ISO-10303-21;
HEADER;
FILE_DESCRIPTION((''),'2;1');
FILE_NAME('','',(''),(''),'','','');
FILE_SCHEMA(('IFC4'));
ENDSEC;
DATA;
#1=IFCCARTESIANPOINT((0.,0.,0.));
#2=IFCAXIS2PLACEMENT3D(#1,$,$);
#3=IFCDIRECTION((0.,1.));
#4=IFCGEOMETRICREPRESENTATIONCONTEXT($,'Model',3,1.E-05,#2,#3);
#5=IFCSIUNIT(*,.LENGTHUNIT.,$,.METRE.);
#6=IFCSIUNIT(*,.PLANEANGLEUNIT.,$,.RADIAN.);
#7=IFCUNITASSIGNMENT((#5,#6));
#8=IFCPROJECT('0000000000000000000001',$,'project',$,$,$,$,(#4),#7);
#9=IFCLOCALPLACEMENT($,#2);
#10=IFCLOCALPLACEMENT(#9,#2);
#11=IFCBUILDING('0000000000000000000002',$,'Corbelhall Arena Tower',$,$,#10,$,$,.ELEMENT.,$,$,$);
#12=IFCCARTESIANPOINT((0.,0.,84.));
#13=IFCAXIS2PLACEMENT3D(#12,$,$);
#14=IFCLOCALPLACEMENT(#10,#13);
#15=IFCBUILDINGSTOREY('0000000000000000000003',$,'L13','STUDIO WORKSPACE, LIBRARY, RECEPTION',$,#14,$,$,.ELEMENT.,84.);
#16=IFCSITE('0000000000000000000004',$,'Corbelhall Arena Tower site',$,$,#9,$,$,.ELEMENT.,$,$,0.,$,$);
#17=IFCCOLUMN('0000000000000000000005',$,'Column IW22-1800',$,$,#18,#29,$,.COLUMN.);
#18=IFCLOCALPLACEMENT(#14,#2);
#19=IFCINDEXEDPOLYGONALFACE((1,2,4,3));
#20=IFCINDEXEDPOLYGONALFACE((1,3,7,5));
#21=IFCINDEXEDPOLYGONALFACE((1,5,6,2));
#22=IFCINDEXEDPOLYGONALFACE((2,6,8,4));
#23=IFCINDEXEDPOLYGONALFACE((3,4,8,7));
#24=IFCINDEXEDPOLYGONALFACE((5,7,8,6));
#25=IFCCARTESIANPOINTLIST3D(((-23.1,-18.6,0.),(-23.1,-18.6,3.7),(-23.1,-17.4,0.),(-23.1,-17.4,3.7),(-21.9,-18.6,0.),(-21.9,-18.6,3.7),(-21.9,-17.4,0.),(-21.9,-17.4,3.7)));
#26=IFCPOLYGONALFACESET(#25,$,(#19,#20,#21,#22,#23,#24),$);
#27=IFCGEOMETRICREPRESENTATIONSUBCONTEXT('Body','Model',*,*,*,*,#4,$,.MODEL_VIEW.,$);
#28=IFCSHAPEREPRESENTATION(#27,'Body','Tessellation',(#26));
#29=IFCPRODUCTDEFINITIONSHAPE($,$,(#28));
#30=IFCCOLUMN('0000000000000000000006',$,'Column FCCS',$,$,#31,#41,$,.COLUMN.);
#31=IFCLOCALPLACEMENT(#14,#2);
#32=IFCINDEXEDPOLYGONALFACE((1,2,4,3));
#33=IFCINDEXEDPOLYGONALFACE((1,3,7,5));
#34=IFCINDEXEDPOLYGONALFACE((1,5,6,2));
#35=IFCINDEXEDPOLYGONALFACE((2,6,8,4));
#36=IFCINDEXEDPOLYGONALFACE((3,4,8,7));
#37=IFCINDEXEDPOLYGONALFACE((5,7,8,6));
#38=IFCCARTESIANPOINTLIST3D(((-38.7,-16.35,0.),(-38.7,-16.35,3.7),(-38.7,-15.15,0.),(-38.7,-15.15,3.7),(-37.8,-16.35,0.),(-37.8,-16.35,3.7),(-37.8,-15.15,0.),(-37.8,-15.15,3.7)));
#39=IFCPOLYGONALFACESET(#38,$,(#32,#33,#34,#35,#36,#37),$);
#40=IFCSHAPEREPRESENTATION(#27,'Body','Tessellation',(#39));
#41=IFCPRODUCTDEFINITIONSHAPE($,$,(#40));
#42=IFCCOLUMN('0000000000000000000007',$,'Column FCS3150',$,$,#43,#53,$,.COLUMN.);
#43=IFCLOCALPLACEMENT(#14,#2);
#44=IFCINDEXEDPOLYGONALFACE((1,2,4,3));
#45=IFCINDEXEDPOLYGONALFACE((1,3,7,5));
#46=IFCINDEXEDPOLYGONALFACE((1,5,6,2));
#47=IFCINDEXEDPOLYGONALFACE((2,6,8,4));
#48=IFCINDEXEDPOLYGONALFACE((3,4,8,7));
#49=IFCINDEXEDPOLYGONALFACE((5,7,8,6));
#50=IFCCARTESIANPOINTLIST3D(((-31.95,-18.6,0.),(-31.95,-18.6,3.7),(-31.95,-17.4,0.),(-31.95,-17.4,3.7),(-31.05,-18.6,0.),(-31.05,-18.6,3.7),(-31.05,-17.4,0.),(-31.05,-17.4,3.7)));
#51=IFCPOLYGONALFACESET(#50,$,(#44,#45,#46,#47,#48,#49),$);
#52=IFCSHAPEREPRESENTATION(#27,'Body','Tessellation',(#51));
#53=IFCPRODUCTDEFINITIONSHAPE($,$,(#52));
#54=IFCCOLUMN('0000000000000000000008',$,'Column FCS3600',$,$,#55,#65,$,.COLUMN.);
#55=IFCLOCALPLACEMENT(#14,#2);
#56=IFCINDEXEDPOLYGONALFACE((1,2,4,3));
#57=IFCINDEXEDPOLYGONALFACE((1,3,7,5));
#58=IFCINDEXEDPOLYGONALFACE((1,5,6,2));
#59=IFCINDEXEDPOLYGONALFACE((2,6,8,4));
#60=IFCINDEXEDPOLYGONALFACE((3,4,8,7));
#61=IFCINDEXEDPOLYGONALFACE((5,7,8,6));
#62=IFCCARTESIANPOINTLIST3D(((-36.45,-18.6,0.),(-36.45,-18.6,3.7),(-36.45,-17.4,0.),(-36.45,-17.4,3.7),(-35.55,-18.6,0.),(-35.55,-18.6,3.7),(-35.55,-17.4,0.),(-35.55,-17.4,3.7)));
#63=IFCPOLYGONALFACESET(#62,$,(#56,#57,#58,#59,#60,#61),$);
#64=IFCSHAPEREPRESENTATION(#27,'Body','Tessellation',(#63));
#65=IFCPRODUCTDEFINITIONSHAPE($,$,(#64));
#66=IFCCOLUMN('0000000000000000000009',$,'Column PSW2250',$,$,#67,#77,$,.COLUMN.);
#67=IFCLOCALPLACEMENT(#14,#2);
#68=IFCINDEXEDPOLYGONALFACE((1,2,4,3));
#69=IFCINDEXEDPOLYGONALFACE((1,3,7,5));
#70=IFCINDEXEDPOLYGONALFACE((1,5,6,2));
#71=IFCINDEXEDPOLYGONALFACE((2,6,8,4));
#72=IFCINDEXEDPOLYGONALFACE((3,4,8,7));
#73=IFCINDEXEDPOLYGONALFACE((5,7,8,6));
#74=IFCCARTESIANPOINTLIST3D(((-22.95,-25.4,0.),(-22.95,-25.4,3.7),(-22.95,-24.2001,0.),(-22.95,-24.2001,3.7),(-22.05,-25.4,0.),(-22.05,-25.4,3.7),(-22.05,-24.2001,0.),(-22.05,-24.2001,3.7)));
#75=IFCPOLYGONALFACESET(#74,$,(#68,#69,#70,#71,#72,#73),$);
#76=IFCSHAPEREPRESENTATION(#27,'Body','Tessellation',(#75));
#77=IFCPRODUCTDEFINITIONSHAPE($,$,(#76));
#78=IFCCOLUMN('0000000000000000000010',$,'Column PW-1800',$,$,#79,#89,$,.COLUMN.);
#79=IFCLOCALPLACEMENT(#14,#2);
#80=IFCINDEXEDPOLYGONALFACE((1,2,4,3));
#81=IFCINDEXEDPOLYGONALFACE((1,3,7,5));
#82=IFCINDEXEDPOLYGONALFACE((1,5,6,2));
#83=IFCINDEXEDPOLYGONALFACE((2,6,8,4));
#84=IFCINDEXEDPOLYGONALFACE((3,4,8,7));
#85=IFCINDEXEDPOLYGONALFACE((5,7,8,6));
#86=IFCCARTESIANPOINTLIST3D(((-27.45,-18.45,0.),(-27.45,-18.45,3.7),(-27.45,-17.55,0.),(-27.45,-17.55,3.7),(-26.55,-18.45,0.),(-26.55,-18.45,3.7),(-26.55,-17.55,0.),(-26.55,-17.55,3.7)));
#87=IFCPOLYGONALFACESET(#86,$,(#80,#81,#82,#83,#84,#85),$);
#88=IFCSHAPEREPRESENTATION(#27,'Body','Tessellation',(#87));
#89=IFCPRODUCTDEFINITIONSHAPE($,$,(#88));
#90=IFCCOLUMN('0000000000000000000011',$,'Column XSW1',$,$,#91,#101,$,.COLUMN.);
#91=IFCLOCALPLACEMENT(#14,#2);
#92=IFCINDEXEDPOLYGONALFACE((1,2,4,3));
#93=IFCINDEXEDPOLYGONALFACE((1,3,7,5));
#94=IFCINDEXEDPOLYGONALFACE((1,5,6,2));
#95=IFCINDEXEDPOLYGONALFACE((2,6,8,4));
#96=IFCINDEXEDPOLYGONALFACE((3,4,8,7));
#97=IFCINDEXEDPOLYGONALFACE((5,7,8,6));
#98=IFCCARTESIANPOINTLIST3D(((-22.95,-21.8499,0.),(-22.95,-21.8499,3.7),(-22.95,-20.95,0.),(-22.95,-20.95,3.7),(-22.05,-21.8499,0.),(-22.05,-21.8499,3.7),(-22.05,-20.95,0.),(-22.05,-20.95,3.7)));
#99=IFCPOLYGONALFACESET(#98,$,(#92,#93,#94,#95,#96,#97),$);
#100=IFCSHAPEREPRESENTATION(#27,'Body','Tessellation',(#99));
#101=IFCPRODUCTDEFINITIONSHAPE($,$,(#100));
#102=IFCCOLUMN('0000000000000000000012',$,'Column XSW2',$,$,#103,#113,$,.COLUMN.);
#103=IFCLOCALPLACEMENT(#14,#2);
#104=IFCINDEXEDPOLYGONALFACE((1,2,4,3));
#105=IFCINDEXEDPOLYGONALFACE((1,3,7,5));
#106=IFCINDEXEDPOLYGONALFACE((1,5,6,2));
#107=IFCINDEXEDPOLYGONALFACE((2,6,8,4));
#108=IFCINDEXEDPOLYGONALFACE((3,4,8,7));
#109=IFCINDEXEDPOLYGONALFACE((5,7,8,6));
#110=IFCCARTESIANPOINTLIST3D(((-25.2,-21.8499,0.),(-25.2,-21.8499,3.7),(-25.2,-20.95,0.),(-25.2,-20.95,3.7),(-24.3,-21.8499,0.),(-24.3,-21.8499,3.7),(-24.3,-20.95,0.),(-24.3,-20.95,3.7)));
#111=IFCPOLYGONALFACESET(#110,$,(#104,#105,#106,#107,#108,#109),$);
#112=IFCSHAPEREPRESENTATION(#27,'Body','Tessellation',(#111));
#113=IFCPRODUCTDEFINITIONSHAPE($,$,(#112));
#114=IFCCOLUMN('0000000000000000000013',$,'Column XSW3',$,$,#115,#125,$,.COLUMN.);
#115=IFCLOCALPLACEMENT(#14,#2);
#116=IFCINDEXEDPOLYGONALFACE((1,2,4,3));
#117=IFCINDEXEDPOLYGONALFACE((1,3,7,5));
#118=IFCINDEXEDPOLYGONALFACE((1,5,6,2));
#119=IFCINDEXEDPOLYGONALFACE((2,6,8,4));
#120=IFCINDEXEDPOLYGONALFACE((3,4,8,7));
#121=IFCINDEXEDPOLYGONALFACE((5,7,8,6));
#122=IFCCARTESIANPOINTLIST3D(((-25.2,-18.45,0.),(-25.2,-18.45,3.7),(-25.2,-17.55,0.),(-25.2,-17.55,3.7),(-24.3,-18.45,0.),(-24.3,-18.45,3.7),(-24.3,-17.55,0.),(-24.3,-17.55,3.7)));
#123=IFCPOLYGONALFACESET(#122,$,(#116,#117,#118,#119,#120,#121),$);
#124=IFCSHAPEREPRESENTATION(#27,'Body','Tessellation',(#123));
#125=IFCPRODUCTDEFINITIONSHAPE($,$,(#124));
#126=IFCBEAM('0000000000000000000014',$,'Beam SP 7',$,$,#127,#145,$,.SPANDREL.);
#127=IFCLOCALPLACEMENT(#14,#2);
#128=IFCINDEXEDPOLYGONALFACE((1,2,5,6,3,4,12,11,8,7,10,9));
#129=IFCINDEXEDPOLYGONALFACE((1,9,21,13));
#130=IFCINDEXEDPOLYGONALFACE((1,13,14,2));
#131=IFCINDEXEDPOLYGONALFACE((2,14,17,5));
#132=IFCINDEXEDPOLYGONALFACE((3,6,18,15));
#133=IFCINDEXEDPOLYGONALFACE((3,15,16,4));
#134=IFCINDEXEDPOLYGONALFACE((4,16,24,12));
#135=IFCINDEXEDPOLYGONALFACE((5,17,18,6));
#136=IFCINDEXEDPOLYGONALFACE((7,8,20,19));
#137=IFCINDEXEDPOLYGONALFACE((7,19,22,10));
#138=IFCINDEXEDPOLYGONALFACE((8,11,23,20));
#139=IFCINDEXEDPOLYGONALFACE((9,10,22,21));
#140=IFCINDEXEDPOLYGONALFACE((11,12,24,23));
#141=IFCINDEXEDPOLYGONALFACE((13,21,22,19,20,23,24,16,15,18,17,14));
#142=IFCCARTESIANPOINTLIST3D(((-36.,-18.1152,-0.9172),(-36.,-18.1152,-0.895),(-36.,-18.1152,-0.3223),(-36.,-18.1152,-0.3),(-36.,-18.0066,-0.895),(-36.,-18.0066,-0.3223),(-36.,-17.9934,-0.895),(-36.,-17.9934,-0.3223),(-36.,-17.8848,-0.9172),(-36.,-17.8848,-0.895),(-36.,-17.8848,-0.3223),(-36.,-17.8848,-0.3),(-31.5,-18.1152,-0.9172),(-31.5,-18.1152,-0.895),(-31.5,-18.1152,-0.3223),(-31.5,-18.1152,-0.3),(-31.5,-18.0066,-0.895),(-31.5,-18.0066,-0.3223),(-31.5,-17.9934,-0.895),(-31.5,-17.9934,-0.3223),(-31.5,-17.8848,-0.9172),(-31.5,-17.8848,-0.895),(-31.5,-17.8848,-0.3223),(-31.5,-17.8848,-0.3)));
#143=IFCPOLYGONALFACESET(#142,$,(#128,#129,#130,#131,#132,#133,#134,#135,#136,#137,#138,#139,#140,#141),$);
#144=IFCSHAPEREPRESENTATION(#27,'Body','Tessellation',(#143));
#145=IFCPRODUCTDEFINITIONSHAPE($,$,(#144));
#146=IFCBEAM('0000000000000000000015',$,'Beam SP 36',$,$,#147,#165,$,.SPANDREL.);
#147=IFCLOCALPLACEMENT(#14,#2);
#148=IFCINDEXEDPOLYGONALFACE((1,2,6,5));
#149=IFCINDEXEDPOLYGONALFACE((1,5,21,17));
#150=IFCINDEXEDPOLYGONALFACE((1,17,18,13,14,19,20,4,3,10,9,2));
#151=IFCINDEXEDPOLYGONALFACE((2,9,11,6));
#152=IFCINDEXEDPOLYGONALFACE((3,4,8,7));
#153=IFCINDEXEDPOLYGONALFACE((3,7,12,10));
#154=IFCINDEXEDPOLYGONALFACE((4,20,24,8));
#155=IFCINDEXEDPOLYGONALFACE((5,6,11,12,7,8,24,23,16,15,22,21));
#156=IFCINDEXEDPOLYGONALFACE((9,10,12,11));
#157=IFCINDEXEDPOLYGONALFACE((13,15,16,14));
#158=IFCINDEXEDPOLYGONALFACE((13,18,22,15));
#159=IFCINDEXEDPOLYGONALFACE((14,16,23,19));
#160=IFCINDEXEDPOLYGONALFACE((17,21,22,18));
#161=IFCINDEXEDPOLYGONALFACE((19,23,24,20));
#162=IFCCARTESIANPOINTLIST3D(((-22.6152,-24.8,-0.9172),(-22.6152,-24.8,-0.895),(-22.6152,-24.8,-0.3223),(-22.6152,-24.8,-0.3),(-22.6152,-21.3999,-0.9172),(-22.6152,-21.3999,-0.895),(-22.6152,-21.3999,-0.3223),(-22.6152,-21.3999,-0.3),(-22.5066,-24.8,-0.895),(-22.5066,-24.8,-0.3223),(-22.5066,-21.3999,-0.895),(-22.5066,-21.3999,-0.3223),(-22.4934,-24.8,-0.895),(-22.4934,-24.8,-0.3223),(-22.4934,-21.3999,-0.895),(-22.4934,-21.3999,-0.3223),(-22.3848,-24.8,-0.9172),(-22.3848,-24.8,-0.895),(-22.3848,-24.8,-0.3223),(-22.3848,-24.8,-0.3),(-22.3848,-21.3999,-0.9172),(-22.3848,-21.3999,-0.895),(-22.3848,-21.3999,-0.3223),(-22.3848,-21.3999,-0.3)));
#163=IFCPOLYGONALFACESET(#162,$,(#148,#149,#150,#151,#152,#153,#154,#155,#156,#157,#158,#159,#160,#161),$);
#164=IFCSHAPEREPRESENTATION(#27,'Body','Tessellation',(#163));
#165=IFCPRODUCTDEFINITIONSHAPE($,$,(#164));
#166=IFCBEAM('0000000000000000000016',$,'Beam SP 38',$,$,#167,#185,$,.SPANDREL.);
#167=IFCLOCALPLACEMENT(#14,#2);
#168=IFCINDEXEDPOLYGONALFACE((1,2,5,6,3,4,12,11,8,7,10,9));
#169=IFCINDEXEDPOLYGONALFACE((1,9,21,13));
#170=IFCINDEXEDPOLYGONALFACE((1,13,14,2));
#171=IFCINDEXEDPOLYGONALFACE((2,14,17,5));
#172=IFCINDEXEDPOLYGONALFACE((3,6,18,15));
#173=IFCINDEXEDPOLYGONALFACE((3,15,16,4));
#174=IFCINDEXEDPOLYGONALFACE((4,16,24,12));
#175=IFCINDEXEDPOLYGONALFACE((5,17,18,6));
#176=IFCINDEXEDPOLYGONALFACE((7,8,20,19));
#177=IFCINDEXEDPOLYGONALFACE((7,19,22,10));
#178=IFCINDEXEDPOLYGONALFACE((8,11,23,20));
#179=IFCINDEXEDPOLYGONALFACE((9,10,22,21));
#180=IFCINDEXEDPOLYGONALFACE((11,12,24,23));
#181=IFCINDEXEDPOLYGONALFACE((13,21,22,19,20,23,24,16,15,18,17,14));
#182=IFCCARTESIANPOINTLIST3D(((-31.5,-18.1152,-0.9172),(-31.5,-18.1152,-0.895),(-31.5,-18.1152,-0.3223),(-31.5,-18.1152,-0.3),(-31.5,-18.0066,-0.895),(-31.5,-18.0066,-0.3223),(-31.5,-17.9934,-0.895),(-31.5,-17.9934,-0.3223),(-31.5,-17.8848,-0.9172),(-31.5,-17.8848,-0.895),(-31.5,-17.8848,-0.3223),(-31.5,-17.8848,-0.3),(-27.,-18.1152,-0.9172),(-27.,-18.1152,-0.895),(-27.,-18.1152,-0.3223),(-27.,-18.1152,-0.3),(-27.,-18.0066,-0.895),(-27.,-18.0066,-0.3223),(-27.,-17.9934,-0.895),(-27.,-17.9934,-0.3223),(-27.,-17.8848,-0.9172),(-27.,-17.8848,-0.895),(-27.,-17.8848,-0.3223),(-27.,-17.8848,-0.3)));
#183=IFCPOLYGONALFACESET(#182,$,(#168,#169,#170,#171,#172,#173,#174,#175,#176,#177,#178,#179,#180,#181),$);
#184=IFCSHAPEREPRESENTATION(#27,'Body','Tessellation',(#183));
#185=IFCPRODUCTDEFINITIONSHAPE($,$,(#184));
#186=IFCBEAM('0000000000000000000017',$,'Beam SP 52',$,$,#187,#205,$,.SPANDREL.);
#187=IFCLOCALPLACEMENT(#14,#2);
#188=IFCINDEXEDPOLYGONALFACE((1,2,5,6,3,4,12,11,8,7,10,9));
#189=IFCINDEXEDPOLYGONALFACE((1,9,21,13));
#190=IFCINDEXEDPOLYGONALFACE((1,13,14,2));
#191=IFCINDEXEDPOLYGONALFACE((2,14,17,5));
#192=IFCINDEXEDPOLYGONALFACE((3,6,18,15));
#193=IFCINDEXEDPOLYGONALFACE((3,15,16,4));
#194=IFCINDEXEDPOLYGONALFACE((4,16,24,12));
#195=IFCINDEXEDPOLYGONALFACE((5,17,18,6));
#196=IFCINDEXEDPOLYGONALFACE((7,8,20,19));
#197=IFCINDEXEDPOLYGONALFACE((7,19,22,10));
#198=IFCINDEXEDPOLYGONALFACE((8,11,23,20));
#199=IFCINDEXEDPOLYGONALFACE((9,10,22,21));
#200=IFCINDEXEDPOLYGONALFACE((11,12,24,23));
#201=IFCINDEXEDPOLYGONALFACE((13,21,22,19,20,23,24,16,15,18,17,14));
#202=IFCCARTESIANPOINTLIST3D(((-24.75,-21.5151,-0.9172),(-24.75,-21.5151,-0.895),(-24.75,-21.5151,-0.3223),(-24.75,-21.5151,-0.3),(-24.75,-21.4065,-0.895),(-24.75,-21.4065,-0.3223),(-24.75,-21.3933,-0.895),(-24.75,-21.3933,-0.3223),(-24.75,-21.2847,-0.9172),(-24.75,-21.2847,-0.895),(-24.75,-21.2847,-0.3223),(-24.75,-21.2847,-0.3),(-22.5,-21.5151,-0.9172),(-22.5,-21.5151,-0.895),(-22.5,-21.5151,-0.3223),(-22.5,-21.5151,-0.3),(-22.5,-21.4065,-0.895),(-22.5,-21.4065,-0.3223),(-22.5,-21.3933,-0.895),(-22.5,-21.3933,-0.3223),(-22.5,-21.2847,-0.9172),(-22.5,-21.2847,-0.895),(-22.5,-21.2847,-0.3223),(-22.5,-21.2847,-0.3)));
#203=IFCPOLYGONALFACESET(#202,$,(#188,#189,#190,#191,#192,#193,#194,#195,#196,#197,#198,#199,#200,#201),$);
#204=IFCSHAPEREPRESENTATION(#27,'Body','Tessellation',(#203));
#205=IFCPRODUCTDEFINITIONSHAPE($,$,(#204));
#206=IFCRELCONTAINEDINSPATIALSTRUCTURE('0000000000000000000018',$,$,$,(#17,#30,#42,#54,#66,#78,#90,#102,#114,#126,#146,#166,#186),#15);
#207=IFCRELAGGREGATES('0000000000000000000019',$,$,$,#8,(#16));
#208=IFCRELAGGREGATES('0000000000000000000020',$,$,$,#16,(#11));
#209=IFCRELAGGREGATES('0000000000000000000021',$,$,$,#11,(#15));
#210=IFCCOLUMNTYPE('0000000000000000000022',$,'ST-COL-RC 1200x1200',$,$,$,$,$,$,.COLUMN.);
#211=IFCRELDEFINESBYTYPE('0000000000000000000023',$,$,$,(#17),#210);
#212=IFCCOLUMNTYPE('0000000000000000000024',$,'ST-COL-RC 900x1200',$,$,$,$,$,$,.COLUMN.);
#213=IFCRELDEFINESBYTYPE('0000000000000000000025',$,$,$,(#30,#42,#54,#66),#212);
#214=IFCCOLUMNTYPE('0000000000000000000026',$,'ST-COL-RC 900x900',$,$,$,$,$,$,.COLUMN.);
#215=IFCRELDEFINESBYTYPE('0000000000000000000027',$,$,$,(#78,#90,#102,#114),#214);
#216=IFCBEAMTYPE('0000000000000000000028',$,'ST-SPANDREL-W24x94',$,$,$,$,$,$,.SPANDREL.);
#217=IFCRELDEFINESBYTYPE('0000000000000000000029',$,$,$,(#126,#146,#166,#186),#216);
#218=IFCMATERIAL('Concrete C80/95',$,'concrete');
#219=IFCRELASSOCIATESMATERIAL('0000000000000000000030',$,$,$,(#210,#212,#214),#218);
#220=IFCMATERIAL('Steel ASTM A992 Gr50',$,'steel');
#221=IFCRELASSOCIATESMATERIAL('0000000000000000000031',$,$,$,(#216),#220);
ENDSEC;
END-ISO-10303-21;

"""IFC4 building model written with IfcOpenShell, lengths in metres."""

from ifc_helpers import new_model, si_unit, direction, frame, origin, origin_2d, place, context, subcontext, project, spatial, rectangle, i_section, extrude, material, material_profile, profile_set, type_object, element, save


model = new_model("IFC4")

# Units and contexts
model_context = context("Model", 3, precision=1e-05, world=origin(), true_north=direction((0.0, 1.0)))
body_context = subcontext(model_context, "Body", "Model", "MODEL_VIEW")
ifc_project = project(units=[si_unit("LENGTHUNIT", "METRE"), si_unit("PLANEANGLEUNIT", "RADIAN")], contexts=[model_context])

# Site, building, storey
site_placement = place(None, origin())
site = spatial("IfcSite", under=ifc_project, at=site_placement, Name="Corbelhall Arena Tower site", CompositionType="ELEMENT", RefElevation=0.0)
building_placement = place(site_placement, origin())
building = spatial("IfcBuilding", under=site, at=building_placement, Name="Corbelhall Arena Tower", CompositionType="ELEMENT")
storey_placement = place(building_placement, frame((0.0, 0.0, 84.0)))
storey = spatial("IfcBuildingStorey", under=building, at=storey_placement, Name="L13", Description="STUDIO WORKSPACE, LIBRARY, RECEPTION", CompositionType="ELEMENT", Elevation=84.0)

# Columns
ifc_material_1 = material(Name="Concrete C80/95", Category="concrete")
ifc_material_profile_1 = material_profile(ifc_material_1, rectangle(XDim=1.2, YDim=1.2, at=origin_2d()))
ifc_profile_set_1 = profile_set([ifc_material_profile_1], Name="Concrete C80/95")
column_type_1 = type_object("IfcColumnType", Name="ST-COL-RC 1200x1200", PredefinedType="COLUMN", material=ifc_profile_set_1)
column_placement = place(storey_placement, frame((-22.5, -18.0, 0.0), z_axis=(0.0, 0.0, 1.0), x_axis=(1.0, 0.0, 0.0)))
element("IfcColumn", 1, at=column_placement, inside=storey, type_object=column_type_1, Name="Column IW22-1800", PredefinedType="COLUMN", context=body_context, shape_type="SweptSolid", body=[
    extrude(rectangle(XDim=1.2, YDim=1.2, at=origin_2d()), origin(), (0.0, 0.0, 1.0), 3.7),
])
ifc_material_profile_2 = material_profile(ifc_material_1, rectangle(XDim=0.8999, YDim=1.2, at=origin_2d()))
ifc_profile_set_2 = profile_set([ifc_material_profile_2], Name="Concrete C80/95")
column_type_2 = type_object("IfcColumnType", Name="ST-COL-RC 900x1200", PredefinedType="COLUMN", material=ifc_profile_set_2)
for number, where, z_axis, x_axis, name in (
    (2, (-38.25, -15.75, 0.0), (0.0, 0.0, 1.0), (1.0, 0.0, 0.0), "Column FCCS"),
    (3, (-31.5, -18.0, 0.0), (0.0, 0.0, 1.0), (1.0, 0.0, 0.0), "Column FCS3150"),
    (4, (-36.0, -18.0, 0.0), (0.0, 0.0, 1.0), (1.0, 0.0, 0.0), "Column FCS3600"),
    (5, (-22.5, -24.8, 0.0), (0.0, 0.0, 1.0), (1.0, 0.0, 0.0), "Column PSW2250"),
):
    element("IfcColumn", number, at=place(storey_placement, frame(where, z_axis=z_axis, x_axis=x_axis)), inside=storey, type_object=column_type_2, Name=name, PredefinedType="COLUMN", context=body_context, shape_type="SweptSolid", body=[
        extrude(rectangle(XDim=0.8999, YDim=1.2, at=origin_2d()), origin(), (0.0, 0.0, 1.0), 3.7),
    ])
ifc_material_profile_3 = material_profile(ifc_material_1, rectangle(XDim=0.8999, YDim=0.8999, at=origin_2d()))
ifc_profile_set_3 = profile_set([ifc_material_profile_3], Name="Concrete C80/95")
column_type_3 = type_object("IfcColumnType", Name="ST-COL-RC 900x900", PredefinedType="COLUMN", material=ifc_profile_set_3)
for number, where, z_axis, x_axis, name in (
    (6, (-27.0, -18.0, 0.0), (0.0, 0.0, 1.0), (1.0, 0.0, 0.0), "Column PW-1800"),
    (7, (-22.5, -21.3999, 0.0), (0.0, 0.0, 1.0), (1.0, 0.0, 0.0), "Column XSW1"),
    (8, (-24.75, -21.3999, 0.0), (0.0, 0.0, 1.0), (1.0, 0.0, 0.0), "Column XSW2"),
    (9, (-24.75, -18.0, 0.0), (0.0, 0.0, 1.0), (1.0, 0.0, 0.0), "Column XSW3"),
):
    element("IfcColumn", number, at=place(storey_placement, frame(where, z_axis=z_axis, x_axis=x_axis)), inside=storey, type_object=column_type_3, Name=name, PredefinedType="COLUMN", context=body_context, shape_type="SweptSolid", body=[
        extrude(rectangle(XDim=0.8999, YDim=0.8999, at=origin_2d()), origin(), (0.0, 0.0, 1.0), 3.7),
    ])

# Beams
ifc_material_2 = material(Name="Steel ASTM A992 Gr50", Category="steel")
ifc_material_profile_4 = material_profile(ifc_material_2, i_section(OverallWidth=0.2305, OverallDepth=0.6172, WebThickness=0.0132, FlangeThickness=0.0222, at=origin_2d()))
ifc_profile_set_4 = profile_set([ifc_material_profile_4], Name="Steel ASTM A992 Gr50")
beam_type = type_object("IfcBeamType", Name="ST-SPANDREL-W24x94", PredefinedType="SPANDREL", material=ifc_profile_set_4)
beam_1_placement = place(storey_placement, frame((-31.5, -18.0, -0.6086), z_axis=(-1.0, 0.0, 0.0), x_axis=(0.0, -1.0, 0.0)))
element("IfcBeam", 10, at=beam_1_placement, inside=storey, type_object=beam_type, Name="Beam SP 7", PredefinedType="SPANDREL", context=body_context, shape_type="SweptSolid", body=[
    extrude(i_section(OverallWidth=0.2305, OverallDepth=0.6172, WebThickness=0.0132, FlangeThickness=0.0222, at=origin_2d()), origin(), (0.0, 0.0, 1.0), 4.5),
])
beam_2_placement = place(storey_placement, frame((-22.5, -24.8, -0.6086), z_axis=(0.0, 1.0, 0.0), x_axis=(-1.0, 0.0, 0.0)))
element("IfcBeam", 11, at=beam_2_placement, inside=storey, type_object=beam_type, Name="Beam SP 36", PredefinedType="SPANDREL", context=body_context, shape_type="SweptSolid", body=[
    extrude(i_section(OverallWidth=0.2305, OverallDepth=0.6172, WebThickness=0.0132, FlangeThickness=0.0222, at=origin_2d()), origin(), (0.0, 0.0, 1.0), 3.4001),
])
beam_3_placement = place(storey_placement, frame((-27.0, -18.0, -0.6086), z_axis=(-1.0, 0.0, 0.0), x_axis=(0.0, -1.0, 0.0)))
element("IfcBeam", 12, at=beam_3_placement, inside=storey, type_object=beam_type, Name="Beam SP 38", PredefinedType="SPANDREL", context=body_context, shape_type="SweptSolid", body=[
    extrude(i_section(OverallWidth=0.2305, OverallDepth=0.6172, WebThickness=0.0132, FlangeThickness=0.0222, at=origin_2d()), origin(), (0.0, 0.0, 1.0), 4.5),
])
beam_4_placement = place(storey_placement, frame((-22.5, -21.3999, -0.6086), z_axis=(-1.0, 0.0, 0.0), x_axis=(0.0, -1.0, 0.0)))
element("IfcBeam", 13, at=beam_4_placement, inside=storey, type_object=beam_type, Name="Beam SP 52", PredefinedType="SPANDREL", context=body_context, shape_type="SweptSolid", body=[
    extrude(i_section(OverallWidth=0.2305, OverallDepth=0.6172, WebThickness=0.0132, FlangeThickness=0.0222, at=origin_2d()), origin(), (0.0, 0.0, 1.0), 2.25),
])

save(model, "model.ifc")
